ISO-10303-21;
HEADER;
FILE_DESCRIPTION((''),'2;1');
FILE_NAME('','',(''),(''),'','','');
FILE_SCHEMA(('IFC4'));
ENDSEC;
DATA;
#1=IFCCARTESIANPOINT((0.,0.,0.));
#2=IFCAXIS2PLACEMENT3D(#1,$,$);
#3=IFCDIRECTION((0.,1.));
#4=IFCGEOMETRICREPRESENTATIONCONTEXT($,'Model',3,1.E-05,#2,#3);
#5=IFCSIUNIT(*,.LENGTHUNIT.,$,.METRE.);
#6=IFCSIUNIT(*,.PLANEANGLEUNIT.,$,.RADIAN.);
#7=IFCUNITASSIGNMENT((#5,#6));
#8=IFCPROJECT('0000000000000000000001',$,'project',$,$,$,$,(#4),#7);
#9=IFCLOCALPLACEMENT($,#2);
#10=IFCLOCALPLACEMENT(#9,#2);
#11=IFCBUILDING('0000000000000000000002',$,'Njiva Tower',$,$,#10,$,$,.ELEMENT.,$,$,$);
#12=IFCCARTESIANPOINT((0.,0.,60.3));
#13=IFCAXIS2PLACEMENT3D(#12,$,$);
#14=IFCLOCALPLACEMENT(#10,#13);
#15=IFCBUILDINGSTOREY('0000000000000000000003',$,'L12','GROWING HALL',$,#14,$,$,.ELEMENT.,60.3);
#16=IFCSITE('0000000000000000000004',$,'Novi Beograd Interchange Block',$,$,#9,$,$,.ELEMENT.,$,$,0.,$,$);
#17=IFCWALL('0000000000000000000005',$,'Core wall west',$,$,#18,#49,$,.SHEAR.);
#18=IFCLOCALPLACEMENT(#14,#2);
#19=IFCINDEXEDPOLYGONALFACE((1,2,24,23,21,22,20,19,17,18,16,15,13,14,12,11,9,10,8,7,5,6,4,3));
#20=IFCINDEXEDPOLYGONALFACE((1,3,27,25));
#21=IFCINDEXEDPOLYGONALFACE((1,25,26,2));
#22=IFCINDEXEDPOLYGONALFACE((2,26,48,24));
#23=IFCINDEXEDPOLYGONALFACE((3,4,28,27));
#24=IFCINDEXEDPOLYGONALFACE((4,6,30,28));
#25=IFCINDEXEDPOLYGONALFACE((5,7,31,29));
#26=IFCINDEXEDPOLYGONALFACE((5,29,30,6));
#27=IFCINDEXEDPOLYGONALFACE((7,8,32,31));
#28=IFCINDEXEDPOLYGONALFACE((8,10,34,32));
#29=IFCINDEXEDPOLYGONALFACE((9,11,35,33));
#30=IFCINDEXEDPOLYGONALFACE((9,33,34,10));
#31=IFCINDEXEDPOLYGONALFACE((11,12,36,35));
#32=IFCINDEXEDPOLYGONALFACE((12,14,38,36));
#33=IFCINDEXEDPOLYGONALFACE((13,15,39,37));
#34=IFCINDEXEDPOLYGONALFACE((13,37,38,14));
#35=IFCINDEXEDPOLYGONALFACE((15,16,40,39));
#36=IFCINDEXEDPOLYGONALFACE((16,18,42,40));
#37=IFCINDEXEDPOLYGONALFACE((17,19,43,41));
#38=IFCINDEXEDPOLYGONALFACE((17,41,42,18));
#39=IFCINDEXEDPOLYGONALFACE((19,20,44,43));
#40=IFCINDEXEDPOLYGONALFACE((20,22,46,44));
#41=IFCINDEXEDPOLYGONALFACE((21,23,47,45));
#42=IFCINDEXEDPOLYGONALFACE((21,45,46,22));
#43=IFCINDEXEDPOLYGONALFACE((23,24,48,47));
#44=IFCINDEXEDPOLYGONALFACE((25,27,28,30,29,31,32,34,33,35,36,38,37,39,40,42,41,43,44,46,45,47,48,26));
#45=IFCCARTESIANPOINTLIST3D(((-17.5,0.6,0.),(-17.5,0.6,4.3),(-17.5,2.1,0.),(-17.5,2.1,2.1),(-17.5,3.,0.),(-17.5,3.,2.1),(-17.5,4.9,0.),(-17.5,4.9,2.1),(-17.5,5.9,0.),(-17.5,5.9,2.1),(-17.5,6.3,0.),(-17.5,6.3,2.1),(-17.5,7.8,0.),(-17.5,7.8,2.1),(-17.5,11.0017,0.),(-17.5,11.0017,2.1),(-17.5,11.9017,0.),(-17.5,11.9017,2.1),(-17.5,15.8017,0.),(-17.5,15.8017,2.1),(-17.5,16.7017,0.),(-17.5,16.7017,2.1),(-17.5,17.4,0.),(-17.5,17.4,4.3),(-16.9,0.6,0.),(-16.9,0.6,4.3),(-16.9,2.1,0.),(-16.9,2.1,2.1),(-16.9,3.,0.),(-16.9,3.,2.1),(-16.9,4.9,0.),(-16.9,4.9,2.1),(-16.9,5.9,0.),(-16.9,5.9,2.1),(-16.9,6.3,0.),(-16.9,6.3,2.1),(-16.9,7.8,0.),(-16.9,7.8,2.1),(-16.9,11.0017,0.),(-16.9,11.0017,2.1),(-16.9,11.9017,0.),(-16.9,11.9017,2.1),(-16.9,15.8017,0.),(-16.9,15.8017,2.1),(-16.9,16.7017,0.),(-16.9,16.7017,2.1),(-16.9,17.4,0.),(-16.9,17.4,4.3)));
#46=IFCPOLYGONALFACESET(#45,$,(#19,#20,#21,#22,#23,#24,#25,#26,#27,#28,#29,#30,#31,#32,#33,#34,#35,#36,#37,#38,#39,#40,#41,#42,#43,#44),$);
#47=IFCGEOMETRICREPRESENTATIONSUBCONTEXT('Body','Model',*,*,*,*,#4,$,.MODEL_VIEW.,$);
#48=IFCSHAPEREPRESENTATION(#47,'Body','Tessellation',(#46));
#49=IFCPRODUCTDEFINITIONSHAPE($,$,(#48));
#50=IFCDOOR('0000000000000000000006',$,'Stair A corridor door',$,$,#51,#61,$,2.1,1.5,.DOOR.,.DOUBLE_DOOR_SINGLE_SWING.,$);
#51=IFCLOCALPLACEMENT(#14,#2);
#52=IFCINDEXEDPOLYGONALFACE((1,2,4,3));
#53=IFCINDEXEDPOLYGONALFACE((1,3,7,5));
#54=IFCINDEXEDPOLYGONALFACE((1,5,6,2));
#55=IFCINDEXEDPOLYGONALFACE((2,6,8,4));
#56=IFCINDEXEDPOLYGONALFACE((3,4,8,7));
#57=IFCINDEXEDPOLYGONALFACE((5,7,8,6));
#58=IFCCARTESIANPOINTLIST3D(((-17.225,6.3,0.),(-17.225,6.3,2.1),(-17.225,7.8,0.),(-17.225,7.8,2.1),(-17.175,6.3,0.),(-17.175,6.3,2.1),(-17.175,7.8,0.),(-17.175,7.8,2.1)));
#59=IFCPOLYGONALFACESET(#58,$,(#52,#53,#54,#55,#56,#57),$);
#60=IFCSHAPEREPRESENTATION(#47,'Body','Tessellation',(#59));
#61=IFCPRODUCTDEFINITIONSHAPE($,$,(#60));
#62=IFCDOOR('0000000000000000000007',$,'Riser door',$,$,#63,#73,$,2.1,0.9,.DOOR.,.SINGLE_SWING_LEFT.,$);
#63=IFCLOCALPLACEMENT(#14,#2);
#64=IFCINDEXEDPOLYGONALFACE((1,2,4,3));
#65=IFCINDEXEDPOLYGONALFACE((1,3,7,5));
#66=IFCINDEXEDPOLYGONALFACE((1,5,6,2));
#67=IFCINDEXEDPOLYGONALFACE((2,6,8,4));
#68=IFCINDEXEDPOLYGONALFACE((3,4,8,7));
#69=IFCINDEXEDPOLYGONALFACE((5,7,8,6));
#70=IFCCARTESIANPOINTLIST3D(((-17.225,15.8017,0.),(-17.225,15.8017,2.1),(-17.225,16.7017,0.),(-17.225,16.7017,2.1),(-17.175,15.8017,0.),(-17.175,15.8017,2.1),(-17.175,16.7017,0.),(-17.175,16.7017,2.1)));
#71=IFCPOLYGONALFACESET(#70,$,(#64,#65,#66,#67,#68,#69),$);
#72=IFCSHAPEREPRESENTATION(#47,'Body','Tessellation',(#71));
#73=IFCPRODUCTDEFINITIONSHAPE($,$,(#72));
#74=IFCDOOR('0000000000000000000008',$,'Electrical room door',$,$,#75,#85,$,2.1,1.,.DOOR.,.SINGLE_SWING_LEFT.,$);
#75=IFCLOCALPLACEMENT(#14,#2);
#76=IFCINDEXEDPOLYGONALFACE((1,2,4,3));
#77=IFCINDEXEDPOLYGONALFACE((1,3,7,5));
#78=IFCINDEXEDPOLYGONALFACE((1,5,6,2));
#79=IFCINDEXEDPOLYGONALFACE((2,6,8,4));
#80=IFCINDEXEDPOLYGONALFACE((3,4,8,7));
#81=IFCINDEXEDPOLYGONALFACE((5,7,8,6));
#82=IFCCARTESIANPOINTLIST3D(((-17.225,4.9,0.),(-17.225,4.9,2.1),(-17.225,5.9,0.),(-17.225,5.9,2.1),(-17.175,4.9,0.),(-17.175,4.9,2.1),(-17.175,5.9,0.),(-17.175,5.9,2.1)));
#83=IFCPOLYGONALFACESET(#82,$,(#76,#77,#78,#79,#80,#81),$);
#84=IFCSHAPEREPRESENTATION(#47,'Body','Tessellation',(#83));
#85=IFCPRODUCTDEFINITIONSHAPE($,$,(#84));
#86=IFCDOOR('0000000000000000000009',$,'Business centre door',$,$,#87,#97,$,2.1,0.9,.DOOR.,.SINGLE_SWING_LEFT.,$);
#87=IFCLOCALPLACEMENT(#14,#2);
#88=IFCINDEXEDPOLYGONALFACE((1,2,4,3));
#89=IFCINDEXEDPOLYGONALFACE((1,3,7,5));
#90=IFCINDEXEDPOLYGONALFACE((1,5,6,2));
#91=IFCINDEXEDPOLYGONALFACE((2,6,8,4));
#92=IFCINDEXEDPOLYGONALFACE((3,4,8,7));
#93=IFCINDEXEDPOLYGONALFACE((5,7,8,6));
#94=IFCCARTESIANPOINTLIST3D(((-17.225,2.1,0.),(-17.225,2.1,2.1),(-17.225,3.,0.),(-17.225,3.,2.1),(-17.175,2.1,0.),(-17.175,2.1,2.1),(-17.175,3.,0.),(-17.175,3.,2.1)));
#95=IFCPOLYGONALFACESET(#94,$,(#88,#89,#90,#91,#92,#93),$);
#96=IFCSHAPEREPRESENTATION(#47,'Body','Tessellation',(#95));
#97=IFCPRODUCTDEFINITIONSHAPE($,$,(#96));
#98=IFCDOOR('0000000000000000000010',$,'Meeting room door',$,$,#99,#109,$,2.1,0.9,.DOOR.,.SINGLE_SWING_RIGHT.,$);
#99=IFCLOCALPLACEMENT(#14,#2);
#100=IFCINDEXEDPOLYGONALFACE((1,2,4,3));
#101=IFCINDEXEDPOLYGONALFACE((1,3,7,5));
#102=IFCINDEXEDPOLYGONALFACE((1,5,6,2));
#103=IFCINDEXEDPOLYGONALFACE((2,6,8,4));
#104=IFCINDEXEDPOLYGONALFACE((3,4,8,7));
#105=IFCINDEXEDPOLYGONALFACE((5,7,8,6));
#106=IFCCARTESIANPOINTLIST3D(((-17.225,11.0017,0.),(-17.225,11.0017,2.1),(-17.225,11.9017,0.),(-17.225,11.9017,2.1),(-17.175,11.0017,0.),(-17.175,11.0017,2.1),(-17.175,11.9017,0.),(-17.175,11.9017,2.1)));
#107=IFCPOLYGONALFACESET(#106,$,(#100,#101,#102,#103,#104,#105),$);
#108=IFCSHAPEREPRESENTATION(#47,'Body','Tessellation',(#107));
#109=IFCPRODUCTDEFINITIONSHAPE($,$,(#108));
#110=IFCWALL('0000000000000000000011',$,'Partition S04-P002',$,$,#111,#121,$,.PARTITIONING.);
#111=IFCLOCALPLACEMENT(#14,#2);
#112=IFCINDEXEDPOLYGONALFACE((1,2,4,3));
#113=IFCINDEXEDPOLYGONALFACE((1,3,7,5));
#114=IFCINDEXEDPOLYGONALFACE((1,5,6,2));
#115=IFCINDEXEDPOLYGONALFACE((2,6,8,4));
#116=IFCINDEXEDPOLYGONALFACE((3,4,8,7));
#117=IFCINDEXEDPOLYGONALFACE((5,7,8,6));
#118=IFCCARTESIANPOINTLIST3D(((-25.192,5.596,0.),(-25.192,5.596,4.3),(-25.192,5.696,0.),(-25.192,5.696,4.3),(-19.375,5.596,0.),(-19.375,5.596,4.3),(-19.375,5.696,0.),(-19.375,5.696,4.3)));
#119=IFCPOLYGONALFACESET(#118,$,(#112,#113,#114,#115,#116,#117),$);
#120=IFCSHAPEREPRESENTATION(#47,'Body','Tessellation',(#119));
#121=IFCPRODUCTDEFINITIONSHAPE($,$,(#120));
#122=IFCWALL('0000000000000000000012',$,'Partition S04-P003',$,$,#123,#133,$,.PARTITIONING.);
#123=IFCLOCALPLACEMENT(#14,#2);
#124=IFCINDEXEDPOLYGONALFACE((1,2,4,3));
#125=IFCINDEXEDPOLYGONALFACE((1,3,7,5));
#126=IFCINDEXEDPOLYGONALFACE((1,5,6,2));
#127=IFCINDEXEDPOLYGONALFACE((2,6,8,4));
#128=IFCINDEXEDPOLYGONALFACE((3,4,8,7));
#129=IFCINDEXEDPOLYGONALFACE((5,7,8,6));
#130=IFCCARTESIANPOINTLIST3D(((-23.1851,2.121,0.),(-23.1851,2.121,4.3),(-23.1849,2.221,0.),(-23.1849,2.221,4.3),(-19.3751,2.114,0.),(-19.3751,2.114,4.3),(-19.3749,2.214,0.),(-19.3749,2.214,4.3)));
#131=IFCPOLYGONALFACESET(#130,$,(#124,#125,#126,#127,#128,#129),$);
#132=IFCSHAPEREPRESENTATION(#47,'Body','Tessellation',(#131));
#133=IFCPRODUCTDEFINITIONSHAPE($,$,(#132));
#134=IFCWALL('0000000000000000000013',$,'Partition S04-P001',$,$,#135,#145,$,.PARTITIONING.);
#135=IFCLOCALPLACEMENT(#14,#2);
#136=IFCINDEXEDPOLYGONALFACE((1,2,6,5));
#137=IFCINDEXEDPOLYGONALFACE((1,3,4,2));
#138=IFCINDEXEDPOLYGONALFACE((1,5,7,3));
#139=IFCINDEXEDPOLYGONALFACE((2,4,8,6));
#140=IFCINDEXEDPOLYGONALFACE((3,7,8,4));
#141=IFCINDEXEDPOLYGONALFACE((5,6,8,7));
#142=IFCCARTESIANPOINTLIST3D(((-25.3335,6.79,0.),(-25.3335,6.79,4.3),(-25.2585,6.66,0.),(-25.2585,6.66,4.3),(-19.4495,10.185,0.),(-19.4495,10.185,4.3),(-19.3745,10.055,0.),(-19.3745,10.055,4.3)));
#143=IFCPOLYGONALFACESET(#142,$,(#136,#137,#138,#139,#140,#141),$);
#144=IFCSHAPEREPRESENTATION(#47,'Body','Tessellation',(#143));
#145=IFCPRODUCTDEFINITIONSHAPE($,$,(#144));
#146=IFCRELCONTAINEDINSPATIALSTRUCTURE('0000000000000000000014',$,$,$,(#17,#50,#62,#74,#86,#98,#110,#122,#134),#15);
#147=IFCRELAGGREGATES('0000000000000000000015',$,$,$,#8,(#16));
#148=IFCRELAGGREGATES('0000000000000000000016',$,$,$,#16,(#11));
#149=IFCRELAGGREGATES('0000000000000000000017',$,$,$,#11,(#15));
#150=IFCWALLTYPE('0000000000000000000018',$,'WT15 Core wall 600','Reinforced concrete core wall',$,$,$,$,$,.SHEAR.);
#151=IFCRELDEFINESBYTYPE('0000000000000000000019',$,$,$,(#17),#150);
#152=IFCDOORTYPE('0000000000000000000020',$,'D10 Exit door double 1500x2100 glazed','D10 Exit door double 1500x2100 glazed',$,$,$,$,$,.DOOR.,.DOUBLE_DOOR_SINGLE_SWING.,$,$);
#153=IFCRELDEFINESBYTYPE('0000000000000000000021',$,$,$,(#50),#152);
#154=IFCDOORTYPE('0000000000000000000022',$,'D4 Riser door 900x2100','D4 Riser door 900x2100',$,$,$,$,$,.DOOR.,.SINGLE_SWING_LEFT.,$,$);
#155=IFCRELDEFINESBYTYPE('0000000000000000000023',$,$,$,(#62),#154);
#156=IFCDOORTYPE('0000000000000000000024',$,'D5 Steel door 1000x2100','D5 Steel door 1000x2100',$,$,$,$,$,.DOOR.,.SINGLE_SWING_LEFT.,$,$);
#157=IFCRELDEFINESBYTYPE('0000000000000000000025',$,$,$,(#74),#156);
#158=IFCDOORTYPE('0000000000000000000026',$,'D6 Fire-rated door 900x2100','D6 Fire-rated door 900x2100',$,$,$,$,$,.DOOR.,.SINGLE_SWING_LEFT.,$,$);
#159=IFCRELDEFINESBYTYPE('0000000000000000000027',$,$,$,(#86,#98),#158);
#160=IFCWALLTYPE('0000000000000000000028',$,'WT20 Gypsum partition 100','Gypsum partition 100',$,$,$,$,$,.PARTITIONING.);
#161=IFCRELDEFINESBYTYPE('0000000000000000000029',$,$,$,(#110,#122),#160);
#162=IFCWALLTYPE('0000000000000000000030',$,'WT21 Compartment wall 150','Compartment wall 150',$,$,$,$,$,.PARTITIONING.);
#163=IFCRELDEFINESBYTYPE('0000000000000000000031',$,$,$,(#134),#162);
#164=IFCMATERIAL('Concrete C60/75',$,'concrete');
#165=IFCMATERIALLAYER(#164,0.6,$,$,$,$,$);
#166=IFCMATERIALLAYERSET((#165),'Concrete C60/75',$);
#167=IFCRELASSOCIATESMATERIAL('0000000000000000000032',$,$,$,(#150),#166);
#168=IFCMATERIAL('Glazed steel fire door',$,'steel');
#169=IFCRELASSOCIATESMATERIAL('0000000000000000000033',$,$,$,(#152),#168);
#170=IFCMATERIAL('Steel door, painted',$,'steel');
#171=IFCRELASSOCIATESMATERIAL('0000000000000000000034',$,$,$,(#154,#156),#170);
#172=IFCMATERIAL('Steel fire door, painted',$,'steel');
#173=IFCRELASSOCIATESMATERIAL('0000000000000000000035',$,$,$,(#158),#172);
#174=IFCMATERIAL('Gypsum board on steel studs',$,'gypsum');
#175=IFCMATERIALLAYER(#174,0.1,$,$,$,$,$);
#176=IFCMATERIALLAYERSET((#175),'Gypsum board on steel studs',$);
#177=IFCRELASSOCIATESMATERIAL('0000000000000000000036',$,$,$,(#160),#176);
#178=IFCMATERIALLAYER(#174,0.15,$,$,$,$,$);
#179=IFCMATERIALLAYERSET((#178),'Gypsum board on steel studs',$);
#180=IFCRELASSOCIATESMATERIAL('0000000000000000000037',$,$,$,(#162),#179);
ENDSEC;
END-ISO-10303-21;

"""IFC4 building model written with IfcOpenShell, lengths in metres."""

from ifc_helpers import new_model, si_unit, direction, frame, frame_2d, origin, place, context, subcontext, project, spatial, rectangle, extrude, material, layer, layer_set, type_object, element, fill, save


model = new_model("IFC4")

# Units and contexts
model_context = context("Model", 3, precision=1e-05, world=origin(), true_north=direction((0.0, 1.0)))
body_context = subcontext(model_context, "Body", "Model", "MODEL_VIEW")
ifc_project = project(units=[si_unit("LENGTHUNIT", "METRE"), si_unit("PLANEANGLEUNIT", "RADIAN")], contexts=[model_context])

# Site, building, storey
site_placement = place(None, origin())
site = spatial("IfcSite", under=ifc_project, at=site_placement, Name="Novi Beograd Interchange Block", CompositionType="ELEMENT", RefElevation=0.0)
building_placement = place(site_placement, origin())
building = spatial("IfcBuilding", under=site, at=building_placement, Name="Njiva Tower", CompositionType="ELEMENT")
storey_placement = place(building_placement, frame((0.0, 0.0, 60.3)))
storey = spatial("IfcBuildingStorey", under=building, at=storey_placement, Name="L12", Description="GROWING HALL", CompositionType="ELEMENT", Elevation=60.3)

# Wall, openings, doors
ifc_material_1 = material(Name="Concrete C60/75", Category="concrete")
ifc_layer_1 = layer(ifc_material_1, 0.6)
ifc_layer_set_1 = layer_set([ifc_layer_1], Name="Concrete C60/75")
wall_type_1 = type_object("IfcWallType", Name="WT15 Core wall 600", Description="Reinforced concrete core wall", PredefinedType="SHEAR", material=ifc_layer_set_1)
wall_1_placement = place(storey_placement, frame((-17.2, 0.6, 0.0), z_axis=(0.0, 0.0, 1.0), x_axis=(0.0, 1.0, 0.0)))
wall_1 = element("IfcWall", 1, at=wall_1_placement, inside=storey, type_object=wall_type_1, Name="Core wall west", PredefinedType="SHEAR", context=body_context, shape_type="SweptSolid", body=[
    extrude(rectangle(XDim=16.8, YDim=0.6, at=frame_2d((8.4, 0.0))), origin(), (0.0, 0.0, 1.0), 4.3),
])
opening_1_placement = place(wall_1_placement, frame((5.7, 0.0, 0.0)))
opening_1 = element("IfcOpeningElement", 2, at=opening_1_placement, cuts=wall_1, PredefinedType="OPENING", context=body_context, shape_type="SweptSolid", body=[
    extrude(rectangle(XDim=1.5, YDim=2.1, at=frame_2d((0.75, 1.05))), frame((0.0, 0.31, 0.0), z_axis=(0.0, -1.0, 0.0), x_axis=(1.0, 0.0, 0.0)), (0.0, 0.0, 1.0), 0.62),
])
opening_2_placement = place(wall_1_placement, frame((1.5, 0.0, 0.0)))
opening_2 = element("IfcOpeningElement", 3, at=opening_2_placement, cuts=wall_1, PredefinedType="OPENING", context=body_context, shape_type="SweptSolid", body=[
    extrude(rectangle(XDim=0.9, YDim=2.1, at=frame_2d((0.45, 1.05))), frame((0.0, 0.31, 0.0), z_axis=(0.0, -1.0, 0.0), x_axis=(1.0, 0.0, 0.0)), (0.0, 0.0, 1.0), 0.62),
])
opening_3_placement = place(wall_1_placement, frame((4.3, 0.0, 0.0)))
opening_3 = element("IfcOpeningElement", 4, at=opening_3_placement, cuts=wall_1, PredefinedType="OPENING", context=body_context, shape_type="SweptSolid", body=[
    extrude(rectangle(XDim=1.0, YDim=2.1, at=frame_2d((0.5, 1.05))), frame((0.0, 0.31, 0.0), z_axis=(0.0, -1.0, 0.0), x_axis=(1.0, 0.0, 0.0)), (0.0, 0.0, 1.0), 0.62),
])
opening_4_placement = place(wall_1_placement, frame((10.4017, 0.0, 0.0)))
opening_4 = element("IfcOpeningElement", 5, at=opening_4_placement, cuts=wall_1, PredefinedType="OPENING", context=body_context, shape_type="SweptSolid", body=[
    extrude(rectangle(XDim=0.9, YDim=2.1, at=frame_2d((0.45, 1.05))), frame((0.0, 0.31, 0.0), z_axis=(0.0, -1.0, 0.0), x_axis=(1.0, 0.0, 0.0)), (0.0, 0.0, 1.0), 0.62),
])
opening_5_placement = place(wall_1_placement, frame((15.2017, 0.0, 0.0)))
opening_5 = element("IfcOpeningElement", 6, at=opening_5_placement, cuts=wall_1, PredefinedType="OPENING", context=body_context, shape_type="SweptSolid", body=[
    extrude(rectangle(XDim=0.9, YDim=2.1, at=frame_2d((0.45, 1.05))), frame((0.0, 0.31, 0.0), z_axis=(0.0, -1.0, 0.0), x_axis=(1.0, 0.0, 0.0)), (0.0, 0.0, 1.0), 0.62),
])
ifc_material_2 = material(Name="Glazed steel fire door", Category="steel")
door_type_1 = type_object("IfcDoorType", Name="D10 Exit door double 1500x2100 glazed", Description="D10 Exit door double 1500x2100 glazed", OperationType="DOUBLE_DOOR_SINGLE_SWING", PredefinedType="DOOR", material=ifc_material_2)
door_1_placement = place(opening_1_placement, origin())
door_1 = element("IfcDoor", 7, at=door_1_placement, inside=storey, type_object=door_type_1, Name="Stair A corridor door", OperationType="DOUBLE_DOOR_SINGLE_SWING", OverallHeight=2.1, OverallWidth=1.5, PredefinedType="DOOR", context=body_context, shape_type="SweptSolid", body=[
    extrude(rectangle(XDim=1.5, YDim=2.1, at=frame_2d((0.75, 1.05))), frame((0.0, 0.025, 0.0), z_axis=(0.0, -1.0, 0.0), x_axis=(1.0, 0.0, 0.0)), (0.0, 0.0, 1.0), 0.05),
])
fill(opening_1, door_1)
ifc_material_3 = material(Name="Steel door, painted", Category="steel")
door_type_2 = type_object("IfcDoorType", Name="D4 Riser door 900x2100", Description="D4 Riser door 900x2100", OperationType="SINGLE_SWING_LEFT", PredefinedType="DOOR", material=ifc_material_3)
door_2_placement = place(opening_5_placement, origin())
door_2 = element("IfcDoor", 8, at=door_2_placement, inside=storey, type_object=door_type_2, Name="Riser door", OperationType="SINGLE_SWING_LEFT", OverallHeight=2.1, OverallWidth=0.9, PredefinedType="DOOR", context=body_context, shape_type="SweptSolid", body=[
    extrude(rectangle(XDim=0.9, YDim=2.1, at=frame_2d((0.45, 1.05))), frame((0.0, 0.025, 0.0), z_axis=(0.0, -1.0, 0.0), x_axis=(1.0, 0.0, 0.0)), (0.0, 0.0, 1.0), 0.05),
])
fill(opening_5, door_2)
door_type_3 = type_object("IfcDoorType", Name="D5 Steel door 1000x2100", Description="D5 Steel door 1000x2100", OperationType="SINGLE_SWING_LEFT", PredefinedType="DOOR", material=ifc_material_3)
door_3_placement = place(opening_3_placement, origin())
door_3 = element("IfcDoor", 9, at=door_3_placement, inside=storey, type_object=door_type_3, Name="Electrical room door", OperationType="SINGLE_SWING_LEFT", OverallHeight=2.1, OverallWidth=1.0, PredefinedType="DOOR", context=body_context, shape_type="SweptSolid", body=[
    extrude(rectangle(XDim=1.0, YDim=2.1, at=frame_2d((0.5, 1.05))), frame((0.0, 0.025, 0.0), z_axis=(0.0, -1.0, 0.0), x_axis=(1.0, 0.0, 0.0)), (0.0, 0.0, 1.0), 0.05),
])
fill(opening_3, door_3)
ifc_material_4 = material(Name="Steel fire door, painted", Category="steel")
door_type_4 = type_object("IfcDoorType", Name="D6 Fire-rated door 900x2100", Description="D6 Fire-rated door 900x2100", OperationType="SINGLE_SWING_LEFT", PredefinedType="DOOR", material=ifc_material_4)
door_4_placement = place(opening_2_placement, origin())
door_4 = element("IfcDoor", 10, at=door_4_placement, inside=storey, type_object=door_type_4, Name="Business centre door", OperationType="SINGLE_SWING_LEFT", OverallHeight=2.1, OverallWidth=0.9, PredefinedType="DOOR", context=body_context, shape_type="SweptSolid", body=[
    extrude(rectangle(XDim=0.9, YDim=2.1, at=frame_2d((0.45, 1.05))), frame((0.0, 0.025, 0.0), z_axis=(0.0, -1.0, 0.0), x_axis=(1.0, 0.0, 0.0)), (0.0, 0.0, 1.0), 0.05),
])
fill(opening_2, door_4)
door_5_placement = place(opening_4_placement, origin())
door_5 = element("IfcDoor", 11, at=door_5_placement, inside=storey, type_object=door_type_4, Name="Meeting room door", OperationType="SINGLE_SWING_RIGHT", OverallHeight=2.1, OverallWidth=0.9, PredefinedType="DOOR", context=body_context, shape_type="SweptSolid", body=[
    extrude(rectangle(XDim=0.9, YDim=2.1, at=frame_2d((0.45, 1.05))), frame((0.0, 0.025, 0.0), z_axis=(0.0, -1.0, 0.0), x_axis=(1.0, 0.0, 0.0)), (0.0, 0.0, 1.0), 0.05),
])
fill(opening_4, door_5)

# Walls
ifc_material_5 = material(Name="Gypsum board on steel studs", Category="gypsum")
ifc_layer_2 = layer(ifc_material_5, 0.1)
ifc_layer_set_2 = layer_set([ifc_layer_2], Name="Gypsum board on steel studs")
wall_type_2 = type_object("IfcWallType", Name="WT20 Gypsum partition 100", Description="Gypsum partition 100", PredefinedType="PARTITIONING", material=ifc_layer_set_2)
wall_2_placement = place(storey_placement, frame((-25.192, 5.646, 0.0), z_axis=(0.0, 0.0, 1.0), x_axis=(1.0, 0.0, 0.0)))
element("IfcWall", 12, at=wall_2_placement, inside=storey, type_object=wall_type_2, Name="Partition S04-P002", PredefinedType="PARTITIONING", context=body_context, shape_type="SweptSolid", body=[
    extrude(rectangle(XDim=5.817, YDim=0.1, at=frame_2d((2.9085, 0.0))), origin(), (0.0, 0.0, 1.0), 4.3),
])
wall_3_placement = place(storey_placement, frame((-23.185, 2.171, 0.0), z_axis=(0.0, 0.0, 1.0), x_axis=(0.999998, -0.001837, 0.0)))
element("IfcWall", 13, at=wall_3_placement, inside=storey, type_object=wall_type_2, Name="Partition S04-P003", PredefinedType="PARTITIONING", context=body_context, shape_type="SweptSolid", body=[
    extrude(rectangle(XDim=3.81, YDim=0.1, at=frame_2d((1.905, 0.0))), origin(), (0.0, 0.0, 1.0), 4.3),
])
ifc_layer_3 = layer(ifc_material_5, 0.15)
ifc_layer_set_3 = layer_set([ifc_layer_3], Name="Gypsum board on steel studs")
wall_type_3 = type_object("IfcWallType", Name="WT21 Compartment wall 150", Description="Compartment wall 150", PredefinedType="PARTITIONING", material=ifc_layer_set_3)
wall_4_placement = place(storey_placement, frame((-25.296, 6.725, 0.0), z_axis=(0.0, 0.0, 1.0), x_axis=(0.866161, 0.499765, 0.0)))
element("IfcWall", 14, at=wall_4_placement, inside=storey, type_object=wall_type_3, Name="Partition S04-P001", PredefinedType="PARTITIONING", context=body_context, shape_type="SweptSolid", body=[
    extrude(rectangle(XDim=6.7932, YDim=0.15, at=frame_2d((3.3966, 0.0))), origin(), (0.0, 0.0, 1.0), 4.3),
])

save(model, "model.ifc")
